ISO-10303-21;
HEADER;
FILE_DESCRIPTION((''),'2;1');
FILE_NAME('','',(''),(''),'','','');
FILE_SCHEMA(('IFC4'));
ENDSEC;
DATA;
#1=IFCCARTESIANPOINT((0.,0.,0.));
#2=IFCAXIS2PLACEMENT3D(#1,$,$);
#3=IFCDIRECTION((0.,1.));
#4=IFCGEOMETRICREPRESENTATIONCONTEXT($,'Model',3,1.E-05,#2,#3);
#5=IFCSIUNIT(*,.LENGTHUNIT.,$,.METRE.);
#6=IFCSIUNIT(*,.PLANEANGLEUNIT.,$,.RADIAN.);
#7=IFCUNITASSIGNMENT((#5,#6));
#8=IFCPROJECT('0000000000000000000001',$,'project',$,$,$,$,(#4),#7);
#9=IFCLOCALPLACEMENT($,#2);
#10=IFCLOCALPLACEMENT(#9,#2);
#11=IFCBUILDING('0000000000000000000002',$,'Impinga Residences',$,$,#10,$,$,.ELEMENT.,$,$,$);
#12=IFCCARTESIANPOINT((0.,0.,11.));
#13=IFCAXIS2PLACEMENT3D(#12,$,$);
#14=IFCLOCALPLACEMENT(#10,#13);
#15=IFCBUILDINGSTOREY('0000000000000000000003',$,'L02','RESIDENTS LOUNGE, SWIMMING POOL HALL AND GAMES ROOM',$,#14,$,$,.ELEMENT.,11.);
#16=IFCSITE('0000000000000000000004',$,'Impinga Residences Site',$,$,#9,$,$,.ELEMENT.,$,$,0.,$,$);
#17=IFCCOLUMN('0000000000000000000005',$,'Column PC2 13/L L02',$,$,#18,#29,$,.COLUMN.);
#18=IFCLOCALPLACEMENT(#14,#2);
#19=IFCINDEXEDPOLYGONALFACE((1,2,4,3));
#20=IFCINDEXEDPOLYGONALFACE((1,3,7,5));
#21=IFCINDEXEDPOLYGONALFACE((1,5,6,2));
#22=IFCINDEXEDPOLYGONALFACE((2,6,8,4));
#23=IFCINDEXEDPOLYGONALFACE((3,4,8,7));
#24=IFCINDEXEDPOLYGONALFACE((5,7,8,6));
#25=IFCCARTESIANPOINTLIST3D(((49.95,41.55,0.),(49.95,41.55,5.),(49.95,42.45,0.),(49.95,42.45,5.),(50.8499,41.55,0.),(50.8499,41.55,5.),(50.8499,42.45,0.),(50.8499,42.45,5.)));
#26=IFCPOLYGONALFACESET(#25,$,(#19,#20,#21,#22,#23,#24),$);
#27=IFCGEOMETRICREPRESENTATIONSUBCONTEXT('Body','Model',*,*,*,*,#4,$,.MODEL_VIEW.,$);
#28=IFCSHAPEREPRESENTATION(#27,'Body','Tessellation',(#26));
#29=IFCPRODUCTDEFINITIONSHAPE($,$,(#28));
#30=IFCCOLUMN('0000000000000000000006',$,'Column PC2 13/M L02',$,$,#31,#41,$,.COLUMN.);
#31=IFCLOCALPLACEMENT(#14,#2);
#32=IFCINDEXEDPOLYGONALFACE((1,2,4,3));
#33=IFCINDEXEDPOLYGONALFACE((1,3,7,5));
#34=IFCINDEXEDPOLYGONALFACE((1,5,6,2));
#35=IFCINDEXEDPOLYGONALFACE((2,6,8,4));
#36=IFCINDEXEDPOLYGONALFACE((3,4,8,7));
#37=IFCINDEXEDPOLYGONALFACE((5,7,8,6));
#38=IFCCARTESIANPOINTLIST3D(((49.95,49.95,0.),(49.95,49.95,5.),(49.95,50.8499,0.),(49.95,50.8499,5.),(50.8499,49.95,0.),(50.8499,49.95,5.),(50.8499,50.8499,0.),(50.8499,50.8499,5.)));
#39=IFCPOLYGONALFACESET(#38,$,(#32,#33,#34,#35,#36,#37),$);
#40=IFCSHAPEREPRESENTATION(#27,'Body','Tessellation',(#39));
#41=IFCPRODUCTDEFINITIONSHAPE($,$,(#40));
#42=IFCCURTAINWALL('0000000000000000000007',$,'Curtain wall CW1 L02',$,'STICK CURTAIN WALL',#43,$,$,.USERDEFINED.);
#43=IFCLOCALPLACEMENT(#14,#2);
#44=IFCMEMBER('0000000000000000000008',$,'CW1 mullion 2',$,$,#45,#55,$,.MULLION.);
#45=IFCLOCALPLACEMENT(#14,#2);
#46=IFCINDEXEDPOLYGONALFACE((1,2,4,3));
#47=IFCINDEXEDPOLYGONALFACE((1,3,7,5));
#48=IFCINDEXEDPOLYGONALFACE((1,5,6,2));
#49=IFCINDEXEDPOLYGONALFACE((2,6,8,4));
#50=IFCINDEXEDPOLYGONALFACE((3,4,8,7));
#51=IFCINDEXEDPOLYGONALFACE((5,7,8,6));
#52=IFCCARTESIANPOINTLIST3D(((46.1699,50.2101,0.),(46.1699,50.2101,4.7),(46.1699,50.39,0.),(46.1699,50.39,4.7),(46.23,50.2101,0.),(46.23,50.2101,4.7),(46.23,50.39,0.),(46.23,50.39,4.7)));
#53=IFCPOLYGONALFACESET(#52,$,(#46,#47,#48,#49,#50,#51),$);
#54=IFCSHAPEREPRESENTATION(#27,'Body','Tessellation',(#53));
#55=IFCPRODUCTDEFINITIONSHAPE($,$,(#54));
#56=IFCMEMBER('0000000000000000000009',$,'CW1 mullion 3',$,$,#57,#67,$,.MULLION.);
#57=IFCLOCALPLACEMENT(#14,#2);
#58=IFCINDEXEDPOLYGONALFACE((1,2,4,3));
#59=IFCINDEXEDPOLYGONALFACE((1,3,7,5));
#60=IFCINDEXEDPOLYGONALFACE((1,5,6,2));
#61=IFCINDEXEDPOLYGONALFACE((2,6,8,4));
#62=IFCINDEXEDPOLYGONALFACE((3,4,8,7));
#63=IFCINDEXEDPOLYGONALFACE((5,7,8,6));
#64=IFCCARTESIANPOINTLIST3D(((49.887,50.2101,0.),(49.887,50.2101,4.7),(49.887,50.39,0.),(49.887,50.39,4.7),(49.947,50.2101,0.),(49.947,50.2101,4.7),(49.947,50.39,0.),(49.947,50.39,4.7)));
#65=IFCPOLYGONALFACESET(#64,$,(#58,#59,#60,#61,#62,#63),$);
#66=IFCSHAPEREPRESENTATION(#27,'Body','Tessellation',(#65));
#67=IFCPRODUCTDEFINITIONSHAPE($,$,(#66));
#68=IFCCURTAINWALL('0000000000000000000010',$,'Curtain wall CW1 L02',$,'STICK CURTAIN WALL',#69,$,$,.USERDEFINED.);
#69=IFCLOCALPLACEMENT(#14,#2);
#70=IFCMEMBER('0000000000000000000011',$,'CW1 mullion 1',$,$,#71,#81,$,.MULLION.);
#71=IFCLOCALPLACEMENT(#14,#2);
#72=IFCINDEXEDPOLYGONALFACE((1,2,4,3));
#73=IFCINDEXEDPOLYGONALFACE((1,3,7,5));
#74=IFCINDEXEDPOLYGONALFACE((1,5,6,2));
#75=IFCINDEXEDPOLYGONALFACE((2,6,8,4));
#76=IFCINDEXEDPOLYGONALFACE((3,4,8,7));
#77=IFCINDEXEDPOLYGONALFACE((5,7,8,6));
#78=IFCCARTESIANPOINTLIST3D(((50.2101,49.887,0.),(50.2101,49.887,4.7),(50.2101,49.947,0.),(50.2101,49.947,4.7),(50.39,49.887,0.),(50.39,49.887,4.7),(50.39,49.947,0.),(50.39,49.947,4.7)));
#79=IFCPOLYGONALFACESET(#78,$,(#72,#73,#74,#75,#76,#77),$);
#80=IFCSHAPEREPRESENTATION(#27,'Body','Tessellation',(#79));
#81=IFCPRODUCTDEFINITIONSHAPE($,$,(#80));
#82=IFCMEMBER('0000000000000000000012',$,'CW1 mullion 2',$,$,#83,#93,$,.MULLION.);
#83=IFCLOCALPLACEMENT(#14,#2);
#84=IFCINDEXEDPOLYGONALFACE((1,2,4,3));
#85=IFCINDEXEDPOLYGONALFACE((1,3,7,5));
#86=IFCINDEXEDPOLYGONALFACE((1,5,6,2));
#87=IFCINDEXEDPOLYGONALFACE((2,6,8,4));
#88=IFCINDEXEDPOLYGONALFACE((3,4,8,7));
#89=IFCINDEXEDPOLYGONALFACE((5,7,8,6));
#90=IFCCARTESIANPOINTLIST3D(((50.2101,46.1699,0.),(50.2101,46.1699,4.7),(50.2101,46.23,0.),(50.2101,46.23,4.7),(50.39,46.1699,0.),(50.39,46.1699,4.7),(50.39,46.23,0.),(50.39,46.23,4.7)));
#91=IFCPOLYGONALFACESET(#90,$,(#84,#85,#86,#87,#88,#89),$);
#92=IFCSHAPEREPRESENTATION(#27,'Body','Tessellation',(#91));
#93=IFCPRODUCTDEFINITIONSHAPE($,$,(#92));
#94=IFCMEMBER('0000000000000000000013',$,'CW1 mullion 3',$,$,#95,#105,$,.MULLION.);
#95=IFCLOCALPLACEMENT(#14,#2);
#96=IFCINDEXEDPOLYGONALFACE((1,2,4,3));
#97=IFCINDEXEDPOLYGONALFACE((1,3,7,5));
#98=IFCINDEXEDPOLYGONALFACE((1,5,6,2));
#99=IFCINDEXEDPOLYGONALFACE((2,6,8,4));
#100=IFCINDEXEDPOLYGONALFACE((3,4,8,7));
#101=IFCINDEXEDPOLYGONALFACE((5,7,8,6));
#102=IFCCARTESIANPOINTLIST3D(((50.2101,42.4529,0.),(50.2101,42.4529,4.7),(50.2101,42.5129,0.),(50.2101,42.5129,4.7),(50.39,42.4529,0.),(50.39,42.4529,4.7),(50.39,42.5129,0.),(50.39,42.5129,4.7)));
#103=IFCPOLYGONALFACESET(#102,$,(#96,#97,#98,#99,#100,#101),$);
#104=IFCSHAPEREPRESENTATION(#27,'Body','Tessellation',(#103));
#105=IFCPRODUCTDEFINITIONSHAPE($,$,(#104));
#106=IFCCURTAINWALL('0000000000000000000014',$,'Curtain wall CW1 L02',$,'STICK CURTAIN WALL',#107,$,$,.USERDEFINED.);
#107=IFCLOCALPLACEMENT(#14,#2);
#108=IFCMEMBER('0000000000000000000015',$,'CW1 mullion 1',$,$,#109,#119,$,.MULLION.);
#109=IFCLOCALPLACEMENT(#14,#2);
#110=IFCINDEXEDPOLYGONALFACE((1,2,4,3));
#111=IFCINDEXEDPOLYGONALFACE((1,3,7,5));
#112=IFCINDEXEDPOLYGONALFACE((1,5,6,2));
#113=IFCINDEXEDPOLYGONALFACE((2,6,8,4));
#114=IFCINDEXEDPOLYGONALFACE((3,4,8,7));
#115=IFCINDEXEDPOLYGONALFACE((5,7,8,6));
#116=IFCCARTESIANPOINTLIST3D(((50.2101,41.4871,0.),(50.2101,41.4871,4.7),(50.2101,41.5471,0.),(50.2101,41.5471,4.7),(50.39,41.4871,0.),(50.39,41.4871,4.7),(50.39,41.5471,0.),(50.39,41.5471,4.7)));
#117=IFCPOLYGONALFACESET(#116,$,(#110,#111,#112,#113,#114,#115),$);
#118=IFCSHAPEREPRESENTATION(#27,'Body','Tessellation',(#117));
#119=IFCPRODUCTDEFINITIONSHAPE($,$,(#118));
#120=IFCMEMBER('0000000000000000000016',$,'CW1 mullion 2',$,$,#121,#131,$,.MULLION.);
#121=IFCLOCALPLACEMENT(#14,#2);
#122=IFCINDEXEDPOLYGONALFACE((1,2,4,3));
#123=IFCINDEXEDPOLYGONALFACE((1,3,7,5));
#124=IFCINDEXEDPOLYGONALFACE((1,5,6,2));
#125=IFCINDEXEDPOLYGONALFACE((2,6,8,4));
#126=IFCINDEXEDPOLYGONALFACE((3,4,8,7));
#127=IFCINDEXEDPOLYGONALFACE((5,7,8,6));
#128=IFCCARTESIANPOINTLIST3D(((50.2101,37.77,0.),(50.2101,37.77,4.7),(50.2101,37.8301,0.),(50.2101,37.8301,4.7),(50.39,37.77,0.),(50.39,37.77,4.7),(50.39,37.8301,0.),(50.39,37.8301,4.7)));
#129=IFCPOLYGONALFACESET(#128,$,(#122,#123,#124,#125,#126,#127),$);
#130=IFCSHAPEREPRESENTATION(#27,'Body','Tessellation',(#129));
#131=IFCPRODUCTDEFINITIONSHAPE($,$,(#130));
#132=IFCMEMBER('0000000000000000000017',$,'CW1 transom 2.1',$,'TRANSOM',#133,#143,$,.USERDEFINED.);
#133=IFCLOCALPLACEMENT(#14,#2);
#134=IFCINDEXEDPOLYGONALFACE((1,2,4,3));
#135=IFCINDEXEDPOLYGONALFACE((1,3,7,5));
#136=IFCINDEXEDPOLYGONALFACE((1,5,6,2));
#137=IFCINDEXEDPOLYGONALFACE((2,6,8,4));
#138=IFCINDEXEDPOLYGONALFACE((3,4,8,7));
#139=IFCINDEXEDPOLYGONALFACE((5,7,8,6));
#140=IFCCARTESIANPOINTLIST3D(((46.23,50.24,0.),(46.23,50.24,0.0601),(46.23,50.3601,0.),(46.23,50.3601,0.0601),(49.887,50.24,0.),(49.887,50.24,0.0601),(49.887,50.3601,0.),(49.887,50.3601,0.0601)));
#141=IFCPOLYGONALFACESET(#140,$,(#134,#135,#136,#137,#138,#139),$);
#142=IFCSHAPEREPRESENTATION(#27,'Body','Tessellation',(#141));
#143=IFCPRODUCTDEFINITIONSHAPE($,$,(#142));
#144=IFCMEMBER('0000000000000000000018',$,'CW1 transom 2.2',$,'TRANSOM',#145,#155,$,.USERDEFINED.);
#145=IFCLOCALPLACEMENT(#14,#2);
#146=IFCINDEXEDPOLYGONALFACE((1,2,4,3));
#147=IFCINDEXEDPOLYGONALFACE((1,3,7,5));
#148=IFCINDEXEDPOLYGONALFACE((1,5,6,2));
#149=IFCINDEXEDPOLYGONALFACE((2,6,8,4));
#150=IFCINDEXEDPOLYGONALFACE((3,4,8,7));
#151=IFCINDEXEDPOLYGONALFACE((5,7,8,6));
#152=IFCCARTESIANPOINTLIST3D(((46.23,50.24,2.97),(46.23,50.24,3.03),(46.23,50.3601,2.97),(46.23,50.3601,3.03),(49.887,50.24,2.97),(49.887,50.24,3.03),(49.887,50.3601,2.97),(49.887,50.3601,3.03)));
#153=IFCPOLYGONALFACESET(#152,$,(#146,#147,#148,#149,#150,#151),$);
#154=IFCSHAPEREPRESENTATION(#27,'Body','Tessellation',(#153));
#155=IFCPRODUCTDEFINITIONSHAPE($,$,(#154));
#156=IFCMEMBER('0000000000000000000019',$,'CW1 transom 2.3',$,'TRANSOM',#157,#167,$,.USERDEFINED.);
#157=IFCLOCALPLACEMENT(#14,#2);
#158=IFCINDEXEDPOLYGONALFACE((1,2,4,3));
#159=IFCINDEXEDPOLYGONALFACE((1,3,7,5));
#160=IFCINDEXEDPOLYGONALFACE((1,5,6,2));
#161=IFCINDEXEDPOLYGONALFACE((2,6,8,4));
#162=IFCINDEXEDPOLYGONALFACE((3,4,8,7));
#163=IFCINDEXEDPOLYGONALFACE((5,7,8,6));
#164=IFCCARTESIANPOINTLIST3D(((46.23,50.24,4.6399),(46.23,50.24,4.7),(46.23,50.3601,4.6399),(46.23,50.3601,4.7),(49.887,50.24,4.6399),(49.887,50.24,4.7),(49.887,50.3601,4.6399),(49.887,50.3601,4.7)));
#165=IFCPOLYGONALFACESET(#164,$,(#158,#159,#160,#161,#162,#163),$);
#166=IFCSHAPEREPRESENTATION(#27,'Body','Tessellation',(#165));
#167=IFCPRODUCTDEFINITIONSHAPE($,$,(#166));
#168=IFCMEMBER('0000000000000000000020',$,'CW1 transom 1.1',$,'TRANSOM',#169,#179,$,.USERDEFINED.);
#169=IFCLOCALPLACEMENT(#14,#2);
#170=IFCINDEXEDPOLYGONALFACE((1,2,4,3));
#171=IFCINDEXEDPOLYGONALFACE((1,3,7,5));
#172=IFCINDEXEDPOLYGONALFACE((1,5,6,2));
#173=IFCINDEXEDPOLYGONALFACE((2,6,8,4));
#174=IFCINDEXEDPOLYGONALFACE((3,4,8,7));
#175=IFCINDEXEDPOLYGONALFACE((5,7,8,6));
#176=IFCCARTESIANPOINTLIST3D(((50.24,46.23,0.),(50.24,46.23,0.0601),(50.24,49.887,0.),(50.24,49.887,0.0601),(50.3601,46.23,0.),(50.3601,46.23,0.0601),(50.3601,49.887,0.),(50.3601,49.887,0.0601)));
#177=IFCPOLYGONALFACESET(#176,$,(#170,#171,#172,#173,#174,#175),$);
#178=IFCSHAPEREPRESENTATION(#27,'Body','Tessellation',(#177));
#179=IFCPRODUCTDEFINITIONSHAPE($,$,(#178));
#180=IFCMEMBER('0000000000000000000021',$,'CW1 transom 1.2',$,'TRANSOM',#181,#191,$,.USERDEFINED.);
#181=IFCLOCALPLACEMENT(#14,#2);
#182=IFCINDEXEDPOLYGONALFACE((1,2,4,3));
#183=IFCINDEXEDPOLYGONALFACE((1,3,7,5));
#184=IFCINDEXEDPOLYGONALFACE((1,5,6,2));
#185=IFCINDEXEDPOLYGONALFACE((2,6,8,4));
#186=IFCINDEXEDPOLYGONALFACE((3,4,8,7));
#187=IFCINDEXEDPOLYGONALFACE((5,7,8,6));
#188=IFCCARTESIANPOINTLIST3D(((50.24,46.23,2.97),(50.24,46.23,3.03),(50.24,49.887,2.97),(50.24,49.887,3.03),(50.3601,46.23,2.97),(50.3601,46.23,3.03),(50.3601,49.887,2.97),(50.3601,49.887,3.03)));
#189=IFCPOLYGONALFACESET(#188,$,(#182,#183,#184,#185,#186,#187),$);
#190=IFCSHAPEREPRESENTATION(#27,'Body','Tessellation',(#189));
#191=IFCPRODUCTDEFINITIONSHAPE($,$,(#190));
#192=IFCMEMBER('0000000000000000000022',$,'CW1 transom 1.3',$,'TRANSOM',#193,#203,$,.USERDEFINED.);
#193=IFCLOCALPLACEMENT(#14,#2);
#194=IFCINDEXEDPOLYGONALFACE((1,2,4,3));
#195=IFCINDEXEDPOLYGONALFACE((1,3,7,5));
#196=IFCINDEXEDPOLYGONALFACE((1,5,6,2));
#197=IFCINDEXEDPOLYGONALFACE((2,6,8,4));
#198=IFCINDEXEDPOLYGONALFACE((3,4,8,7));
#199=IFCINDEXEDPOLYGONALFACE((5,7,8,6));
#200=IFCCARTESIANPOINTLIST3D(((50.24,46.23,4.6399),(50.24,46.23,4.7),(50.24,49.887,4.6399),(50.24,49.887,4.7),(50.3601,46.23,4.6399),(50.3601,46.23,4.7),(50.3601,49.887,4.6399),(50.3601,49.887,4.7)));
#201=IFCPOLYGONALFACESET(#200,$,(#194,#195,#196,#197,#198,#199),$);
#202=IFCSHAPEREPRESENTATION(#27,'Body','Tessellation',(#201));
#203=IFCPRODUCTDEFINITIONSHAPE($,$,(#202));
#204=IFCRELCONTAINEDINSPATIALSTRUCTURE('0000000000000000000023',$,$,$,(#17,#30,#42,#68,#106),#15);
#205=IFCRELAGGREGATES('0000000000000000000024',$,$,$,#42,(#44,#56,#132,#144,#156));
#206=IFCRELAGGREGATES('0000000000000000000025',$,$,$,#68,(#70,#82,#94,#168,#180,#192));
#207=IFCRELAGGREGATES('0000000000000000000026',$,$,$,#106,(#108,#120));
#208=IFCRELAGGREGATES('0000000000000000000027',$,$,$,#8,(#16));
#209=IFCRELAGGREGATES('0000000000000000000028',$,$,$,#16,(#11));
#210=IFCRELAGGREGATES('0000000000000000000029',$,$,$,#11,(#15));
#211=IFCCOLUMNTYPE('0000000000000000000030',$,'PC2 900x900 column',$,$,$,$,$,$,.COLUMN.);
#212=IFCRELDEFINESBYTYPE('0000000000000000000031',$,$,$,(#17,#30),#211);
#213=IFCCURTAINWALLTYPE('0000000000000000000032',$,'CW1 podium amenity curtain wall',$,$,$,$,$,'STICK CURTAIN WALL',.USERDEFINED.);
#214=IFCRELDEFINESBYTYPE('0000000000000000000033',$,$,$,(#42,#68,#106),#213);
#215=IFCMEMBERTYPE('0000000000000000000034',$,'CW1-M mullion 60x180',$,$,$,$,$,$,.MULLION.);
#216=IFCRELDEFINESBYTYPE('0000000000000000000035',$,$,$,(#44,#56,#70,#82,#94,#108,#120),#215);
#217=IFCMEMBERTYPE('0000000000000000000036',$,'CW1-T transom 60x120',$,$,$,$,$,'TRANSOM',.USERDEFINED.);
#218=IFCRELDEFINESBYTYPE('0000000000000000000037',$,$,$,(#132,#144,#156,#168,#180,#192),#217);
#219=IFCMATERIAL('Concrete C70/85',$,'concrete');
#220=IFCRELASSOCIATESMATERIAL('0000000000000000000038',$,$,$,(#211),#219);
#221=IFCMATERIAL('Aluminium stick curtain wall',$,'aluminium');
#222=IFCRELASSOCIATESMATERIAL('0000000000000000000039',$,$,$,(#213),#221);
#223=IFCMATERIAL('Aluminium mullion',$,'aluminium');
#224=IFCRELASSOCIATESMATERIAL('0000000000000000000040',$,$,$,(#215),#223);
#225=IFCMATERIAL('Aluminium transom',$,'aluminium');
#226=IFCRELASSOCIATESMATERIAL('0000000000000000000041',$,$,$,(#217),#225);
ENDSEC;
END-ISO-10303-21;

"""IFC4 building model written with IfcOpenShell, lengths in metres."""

from ifc_helpers import new_model, si_unit, direction, frame, origin, origin_2d, place, context, subcontext, project, spatial, rectangle, extrude, material, material_profile, profile_set, type_object, element, aggregate, save


model = new_model("IFC4")

# Units and contexts
model_context = context("Model", 3, precision=1e-05, world=origin(), true_north=direction((0.0, 1.0)))
body_context = subcontext(model_context, "Body", "Model", "MODEL_VIEW")
ifc_project = project(units=[si_unit("LENGTHUNIT", "METRE"), si_unit("PLANEANGLEUNIT", "RADIAN")], contexts=[model_context])

# Site, building, storey
site_placement = place(None, origin())
site = spatial("IfcSite", under=ifc_project, at=site_placement, Name="Impinga Residences Site", CompositionType="ELEMENT", RefElevation=0.0)
building_placement = place(site_placement, origin())
building = spatial("IfcBuilding", under=site, at=building_placement, Name="Impinga Residences", CompositionType="ELEMENT")
storey_placement = place(building_placement, frame((0.0, 0.0, 11.0)))
storey = spatial("IfcBuildingStorey", under=building, at=storey_placement, Name="L02", Description="RESIDENTS LOUNGE, SWIMMING POOL HALL AND GAMES ROOM", CompositionType="ELEMENT", Elevation=11.0)

# Columns
ifc_material_1 = material(Name="Concrete C70/85", Category="concrete")
ifc_material_profile_1 = material_profile(ifc_material_1, rectangle(XDim=0.8999, YDim=0.8999, at=origin_2d()), Name="RC 900x900")
ifc_profile_set_1 = profile_set([ifc_material_profile_1], Name="Concrete C70/85")
column_type = type_object("IfcColumnType", Name="PC2 900x900 column", PredefinedType="COLUMN", material=ifc_profile_set_1)
for number, where, z_axis, x_axis, name in (
    (1, (50.3999, 42.0, 0.0), (0.0, 0.0, 1.0), (1.0, 0.0, 0.0), "Column PC2 13/L L02"),
    (2, (50.3999, 50.3999, 0.0), (0.0, 0.0, 1.0), (1.0, 0.0, 0.0), "Column PC2 13/M L02"),
):
    element("IfcColumn", number, at=place(storey_placement, frame(where, z_axis=z_axis, x_axis=x_axis)), inside=storey, type_object=column_type, Name=name, PredefinedType="COLUMN", context=body_context, shape_type="SweptSolid", body=[
        extrude(rectangle(XDim=0.8999, YDim=0.8999, at=origin_2d()), origin(), (0.0, 0.0, 1.0), 5.0),
    ])

# Curtain walls, members
ifc_material_2 = material(Name="Aluminium stick curtain wall", Category="aluminium")
curtain_wall_type = type_object("IfcCurtainWallType", Name="CW1 podium amenity curtain wall", ElementType="STICK CURTAIN WALL", PredefinedType="USERDEFINED", material=ifc_material_2)
curtain_wall_1_placement = place(storey_placement, origin())
curtain_wall_1 = element("IfcCurtainWall", 3, at=curtain_wall_1_placement, inside=storey, type_object=curtain_wall_type, Name="Curtain wall CW1 L02", ObjectType="STICK CURTAIN WALL", PredefinedType="USERDEFINED")
ifc_material_3 = material(Name="Aluminium mullion", Category="aluminium")
ifc_material_profile_2 = material_profile(ifc_material_3, rectangle(XDim=0.0601, YDim=0.1799, at=origin_2d()), Name="60x180 mullion")
ifc_profile_set_2 = profile_set([ifc_material_profile_2], Name="Aluminium mullion")
member_type_1 = type_object("IfcMemberType", Name="CW1-M mullion 60x180", PredefinedType="MULLION", material=ifc_profile_set_2)
member_1_placement = place(storey_placement, frame((46.2, 50.3, 0.0), z_axis=(0.0, 0.0, 1.0), x_axis=(1.0, 0.0, 0.0)))
member_1 = element("IfcMember", 4, at=member_1_placement, type_object=member_type_1, Name="CW1 mullion 2", PredefinedType="MULLION", context=body_context, shape_type="SweptSolid", body=[
    extrude(rectangle(XDim=0.0601, YDim=0.1799, at=origin_2d()), origin(), (0.0, 0.0, 1.0), 4.7),
])
member_2_placement = place(storey_placement, frame((49.917, 50.3, 0.0), z_axis=(0.0, 0.0, 1.0), x_axis=(1.0, 0.0, 0.0)))
member_2 = element("IfcMember", 5, at=member_2_placement, type_object=member_type_1, Name="CW1 mullion 3", PredefinedType="MULLION", context=body_context, shape_type="SweptSolid", body=[
    extrude(rectangle(XDim=0.0601, YDim=0.1799, at=origin_2d()), origin(), (0.0, 0.0, 1.0), 4.7),
])
curtain_wall_2_placement = place(storey_placement, origin())
curtain_wall_2 = element("IfcCurtainWall", 6, at=curtain_wall_2_placement, inside=storey, type_object=curtain_wall_type, Name="Curtain wall CW1 L02", ObjectType="STICK CURTAIN WALL", PredefinedType="USERDEFINED")
member_3_placement = place(storey_placement, frame((50.3, 49.917, 0.0), z_axis=(0.0, 0.0, 1.0), x_axis=(0.0, -1.0, 0.0)))
member_3 = element("IfcMember", 7, at=member_3_placement, type_object=member_type_1, Name="CW1 mullion 1", PredefinedType="MULLION", context=body_context, shape_type="SweptSolid", body=[
    extrude(rectangle(XDim=0.0601, YDim=0.1799, at=origin_2d()), origin(), (0.0, 0.0, 1.0), 4.7),
])
member_4_placement = place(storey_placement, frame((50.3, 46.2, 0.0), z_axis=(0.0, 0.0, 1.0), x_axis=(0.0, -1.0, 0.0)))
member_4 = element("IfcMember", 8, at=member_4_placement, type_object=member_type_1, Name="CW1 mullion 2", PredefinedType="MULLION", context=body_context, shape_type="SweptSolid", body=[
    extrude(rectangle(XDim=0.0601, YDim=0.1799, at=origin_2d()), origin(), (0.0, 0.0, 1.0), 4.7),
])
member_5_placement = place(storey_placement, frame((50.3, 42.4829, 0.0), z_axis=(0.0, 0.0, 1.0), x_axis=(0.0, -1.0, 0.0)))
member_5 = element("IfcMember", 9, at=member_5_placement, type_object=member_type_1, Name="CW1 mullion 3", PredefinedType="MULLION", context=body_context, shape_type="SweptSolid", body=[
    extrude(rectangle(XDim=0.0601, YDim=0.1799, at=origin_2d()), origin(), (0.0, 0.0, 1.0), 4.7),
])
curtain_wall_3_placement = place(storey_placement, origin())
curtain_wall_3 = element("IfcCurtainWall", 10, at=curtain_wall_3_placement, inside=storey, type_object=curtain_wall_type, Name="Curtain wall CW1 L02", ObjectType="STICK CURTAIN WALL", PredefinedType="USERDEFINED")
member_6_placement = place(storey_placement, frame((50.3, 41.5171, 0.0), z_axis=(0.0, 0.0, 1.0), x_axis=(0.0, -1.0, 0.0)))
member_6 = element("IfcMember", 11, at=member_6_placement, type_object=member_type_1, Name="CW1 mullion 1", PredefinedType="MULLION", context=body_context, shape_type="SweptSolid", body=[
    extrude(rectangle(XDim=0.0601, YDim=0.1799, at=origin_2d()), origin(), (0.0, 0.0, 1.0), 4.7),
])
member_7_placement = place(storey_placement, frame((50.3, 37.8, 0.0), z_axis=(0.0, 0.0, 1.0), x_axis=(0.0, -1.0, 0.0)))
member_7 = element("IfcMember", 12, at=member_7_placement, type_object=member_type_1, Name="CW1 mullion 2", PredefinedType="MULLION", context=body_context, shape_type="SweptSolid", body=[
    extrude(rectangle(XDim=0.0601, YDim=0.1799, at=origin_2d()), origin(), (0.0, 0.0, 1.0), 4.7),
])

# Members
ifc_material_4 = material(Name="Aluminium transom", Category="aluminium")
ifc_material_profile_3 = material_profile(ifc_material_4, rectangle(XDim=0.0601, YDim=0.1201, at=origin_2d()), Name="60x120 transom")
ifc_profile_set_3 = profile_set([ifc_material_profile_3], Name="Aluminium transom")
member_type_2 = type_object("IfcMemberType", Name="CW1-T transom 60x120", ElementType="TRANSOM", PredefinedType="USERDEFINED", material=ifc_profile_set_3)
member_8_placement = place(storey_placement, frame((46.23, 50.3, 0.03), z_axis=(1.0, 0.0, 0.0), x_axis=(0.0, 0.0, 1.0)))
member_8 = element("IfcMember", 13, at=member_8_placement, type_object=member_type_2, Name="CW1 transom 2.1", ObjectType="TRANSOM", PredefinedType="USERDEFINED", context=body_context, shape_type="SweptSolid", body=[
    extrude(rectangle(XDim=0.0601, YDim=0.1201, at=origin_2d()), origin(), (0.0, 0.0, 1.0), 3.657),
])
member_9_placement = place(storey_placement, frame((46.23, 50.3, 3.0), z_axis=(1.0, 0.0, 0.0), x_axis=(0.0, 0.0, 1.0)))
member_9 = element("IfcMember", 14, at=member_9_placement, type_object=member_type_2, Name="CW1 transom 2.2", ObjectType="TRANSOM", PredefinedType="USERDEFINED", context=body_context, shape_type="SweptSolid", body=[
    extrude(rectangle(XDim=0.0601, YDim=0.1201, at=origin_2d()), origin(), (0.0, 0.0, 1.0), 3.657),
])
member_10_placement = place(storey_placement, frame((46.23, 50.3, 4.6699), z_axis=(1.0, 0.0, 0.0), x_axis=(0.0, 0.0, 1.0)))
member_10 = element("IfcMember", 15, at=member_10_placement, type_object=member_type_2, Name="CW1 transom 2.3", ObjectType="TRANSOM", PredefinedType="USERDEFINED", context=body_context, shape_type="SweptSolid", body=[
    extrude(rectangle(XDim=0.0601, YDim=0.1201, at=origin_2d()), origin(), (0.0, 0.0, 1.0), 3.657),
])
member_11_placement = place(storey_placement, frame((50.3, 49.887, 0.03), z_axis=(0.0, -1.0, 0.0), x_axis=(0.0, 0.0, 1.0)))
member_11 = element("IfcMember", 16, at=member_11_placement, type_object=member_type_2, Name="CW1 transom 1.1", ObjectType="TRANSOM", PredefinedType="USERDEFINED", context=body_context, shape_type="SweptSolid", body=[
    extrude(rectangle(XDim=0.0601, YDim=0.1201, at=origin_2d()), origin(), (0.0, 0.0, 1.0), 3.657),
])
member_12_placement = place(storey_placement, frame((50.3, 49.887, 3.0), z_axis=(0.0, -1.0, 0.0), x_axis=(0.0, 0.0, 1.0)))
member_12 = element("IfcMember", 17, at=member_12_placement, type_object=member_type_2, Name="CW1 transom 1.2", ObjectType="TRANSOM", PredefinedType="USERDEFINED", context=body_context, shape_type="SweptSolid", body=[
    extrude(rectangle(XDim=0.0601, YDim=0.1201, at=origin_2d()), origin(), (0.0, 0.0, 1.0), 3.657),
])
member_13_placement = place(storey_placement, frame((50.3, 49.887, 4.6699), z_axis=(0.0, -1.0, 0.0), x_axis=(0.0, 0.0, 1.0)))
member_13 = element("IfcMember", 18, at=member_13_placement, type_object=member_type_2, Name="CW1 transom 1.3", ObjectType="TRANSOM", PredefinedType="USERDEFINED", context=body_context, shape_type="SweptSolid", body=[
    extrude(rectangle(XDim=0.0601, YDim=0.1201, at=origin_2d()), origin(), (0.0, 0.0, 1.0), 3.657),
])

aggregate(curtain_wall_1, [member_1, member_2, member_8, member_9, member_10])
aggregate(curtain_wall_2, [member_3, member_4, member_5, member_11, member_12, member_13])
aggregate(curtain_wall_3, [member_6, member_7])

save(model, "model.ifc")
